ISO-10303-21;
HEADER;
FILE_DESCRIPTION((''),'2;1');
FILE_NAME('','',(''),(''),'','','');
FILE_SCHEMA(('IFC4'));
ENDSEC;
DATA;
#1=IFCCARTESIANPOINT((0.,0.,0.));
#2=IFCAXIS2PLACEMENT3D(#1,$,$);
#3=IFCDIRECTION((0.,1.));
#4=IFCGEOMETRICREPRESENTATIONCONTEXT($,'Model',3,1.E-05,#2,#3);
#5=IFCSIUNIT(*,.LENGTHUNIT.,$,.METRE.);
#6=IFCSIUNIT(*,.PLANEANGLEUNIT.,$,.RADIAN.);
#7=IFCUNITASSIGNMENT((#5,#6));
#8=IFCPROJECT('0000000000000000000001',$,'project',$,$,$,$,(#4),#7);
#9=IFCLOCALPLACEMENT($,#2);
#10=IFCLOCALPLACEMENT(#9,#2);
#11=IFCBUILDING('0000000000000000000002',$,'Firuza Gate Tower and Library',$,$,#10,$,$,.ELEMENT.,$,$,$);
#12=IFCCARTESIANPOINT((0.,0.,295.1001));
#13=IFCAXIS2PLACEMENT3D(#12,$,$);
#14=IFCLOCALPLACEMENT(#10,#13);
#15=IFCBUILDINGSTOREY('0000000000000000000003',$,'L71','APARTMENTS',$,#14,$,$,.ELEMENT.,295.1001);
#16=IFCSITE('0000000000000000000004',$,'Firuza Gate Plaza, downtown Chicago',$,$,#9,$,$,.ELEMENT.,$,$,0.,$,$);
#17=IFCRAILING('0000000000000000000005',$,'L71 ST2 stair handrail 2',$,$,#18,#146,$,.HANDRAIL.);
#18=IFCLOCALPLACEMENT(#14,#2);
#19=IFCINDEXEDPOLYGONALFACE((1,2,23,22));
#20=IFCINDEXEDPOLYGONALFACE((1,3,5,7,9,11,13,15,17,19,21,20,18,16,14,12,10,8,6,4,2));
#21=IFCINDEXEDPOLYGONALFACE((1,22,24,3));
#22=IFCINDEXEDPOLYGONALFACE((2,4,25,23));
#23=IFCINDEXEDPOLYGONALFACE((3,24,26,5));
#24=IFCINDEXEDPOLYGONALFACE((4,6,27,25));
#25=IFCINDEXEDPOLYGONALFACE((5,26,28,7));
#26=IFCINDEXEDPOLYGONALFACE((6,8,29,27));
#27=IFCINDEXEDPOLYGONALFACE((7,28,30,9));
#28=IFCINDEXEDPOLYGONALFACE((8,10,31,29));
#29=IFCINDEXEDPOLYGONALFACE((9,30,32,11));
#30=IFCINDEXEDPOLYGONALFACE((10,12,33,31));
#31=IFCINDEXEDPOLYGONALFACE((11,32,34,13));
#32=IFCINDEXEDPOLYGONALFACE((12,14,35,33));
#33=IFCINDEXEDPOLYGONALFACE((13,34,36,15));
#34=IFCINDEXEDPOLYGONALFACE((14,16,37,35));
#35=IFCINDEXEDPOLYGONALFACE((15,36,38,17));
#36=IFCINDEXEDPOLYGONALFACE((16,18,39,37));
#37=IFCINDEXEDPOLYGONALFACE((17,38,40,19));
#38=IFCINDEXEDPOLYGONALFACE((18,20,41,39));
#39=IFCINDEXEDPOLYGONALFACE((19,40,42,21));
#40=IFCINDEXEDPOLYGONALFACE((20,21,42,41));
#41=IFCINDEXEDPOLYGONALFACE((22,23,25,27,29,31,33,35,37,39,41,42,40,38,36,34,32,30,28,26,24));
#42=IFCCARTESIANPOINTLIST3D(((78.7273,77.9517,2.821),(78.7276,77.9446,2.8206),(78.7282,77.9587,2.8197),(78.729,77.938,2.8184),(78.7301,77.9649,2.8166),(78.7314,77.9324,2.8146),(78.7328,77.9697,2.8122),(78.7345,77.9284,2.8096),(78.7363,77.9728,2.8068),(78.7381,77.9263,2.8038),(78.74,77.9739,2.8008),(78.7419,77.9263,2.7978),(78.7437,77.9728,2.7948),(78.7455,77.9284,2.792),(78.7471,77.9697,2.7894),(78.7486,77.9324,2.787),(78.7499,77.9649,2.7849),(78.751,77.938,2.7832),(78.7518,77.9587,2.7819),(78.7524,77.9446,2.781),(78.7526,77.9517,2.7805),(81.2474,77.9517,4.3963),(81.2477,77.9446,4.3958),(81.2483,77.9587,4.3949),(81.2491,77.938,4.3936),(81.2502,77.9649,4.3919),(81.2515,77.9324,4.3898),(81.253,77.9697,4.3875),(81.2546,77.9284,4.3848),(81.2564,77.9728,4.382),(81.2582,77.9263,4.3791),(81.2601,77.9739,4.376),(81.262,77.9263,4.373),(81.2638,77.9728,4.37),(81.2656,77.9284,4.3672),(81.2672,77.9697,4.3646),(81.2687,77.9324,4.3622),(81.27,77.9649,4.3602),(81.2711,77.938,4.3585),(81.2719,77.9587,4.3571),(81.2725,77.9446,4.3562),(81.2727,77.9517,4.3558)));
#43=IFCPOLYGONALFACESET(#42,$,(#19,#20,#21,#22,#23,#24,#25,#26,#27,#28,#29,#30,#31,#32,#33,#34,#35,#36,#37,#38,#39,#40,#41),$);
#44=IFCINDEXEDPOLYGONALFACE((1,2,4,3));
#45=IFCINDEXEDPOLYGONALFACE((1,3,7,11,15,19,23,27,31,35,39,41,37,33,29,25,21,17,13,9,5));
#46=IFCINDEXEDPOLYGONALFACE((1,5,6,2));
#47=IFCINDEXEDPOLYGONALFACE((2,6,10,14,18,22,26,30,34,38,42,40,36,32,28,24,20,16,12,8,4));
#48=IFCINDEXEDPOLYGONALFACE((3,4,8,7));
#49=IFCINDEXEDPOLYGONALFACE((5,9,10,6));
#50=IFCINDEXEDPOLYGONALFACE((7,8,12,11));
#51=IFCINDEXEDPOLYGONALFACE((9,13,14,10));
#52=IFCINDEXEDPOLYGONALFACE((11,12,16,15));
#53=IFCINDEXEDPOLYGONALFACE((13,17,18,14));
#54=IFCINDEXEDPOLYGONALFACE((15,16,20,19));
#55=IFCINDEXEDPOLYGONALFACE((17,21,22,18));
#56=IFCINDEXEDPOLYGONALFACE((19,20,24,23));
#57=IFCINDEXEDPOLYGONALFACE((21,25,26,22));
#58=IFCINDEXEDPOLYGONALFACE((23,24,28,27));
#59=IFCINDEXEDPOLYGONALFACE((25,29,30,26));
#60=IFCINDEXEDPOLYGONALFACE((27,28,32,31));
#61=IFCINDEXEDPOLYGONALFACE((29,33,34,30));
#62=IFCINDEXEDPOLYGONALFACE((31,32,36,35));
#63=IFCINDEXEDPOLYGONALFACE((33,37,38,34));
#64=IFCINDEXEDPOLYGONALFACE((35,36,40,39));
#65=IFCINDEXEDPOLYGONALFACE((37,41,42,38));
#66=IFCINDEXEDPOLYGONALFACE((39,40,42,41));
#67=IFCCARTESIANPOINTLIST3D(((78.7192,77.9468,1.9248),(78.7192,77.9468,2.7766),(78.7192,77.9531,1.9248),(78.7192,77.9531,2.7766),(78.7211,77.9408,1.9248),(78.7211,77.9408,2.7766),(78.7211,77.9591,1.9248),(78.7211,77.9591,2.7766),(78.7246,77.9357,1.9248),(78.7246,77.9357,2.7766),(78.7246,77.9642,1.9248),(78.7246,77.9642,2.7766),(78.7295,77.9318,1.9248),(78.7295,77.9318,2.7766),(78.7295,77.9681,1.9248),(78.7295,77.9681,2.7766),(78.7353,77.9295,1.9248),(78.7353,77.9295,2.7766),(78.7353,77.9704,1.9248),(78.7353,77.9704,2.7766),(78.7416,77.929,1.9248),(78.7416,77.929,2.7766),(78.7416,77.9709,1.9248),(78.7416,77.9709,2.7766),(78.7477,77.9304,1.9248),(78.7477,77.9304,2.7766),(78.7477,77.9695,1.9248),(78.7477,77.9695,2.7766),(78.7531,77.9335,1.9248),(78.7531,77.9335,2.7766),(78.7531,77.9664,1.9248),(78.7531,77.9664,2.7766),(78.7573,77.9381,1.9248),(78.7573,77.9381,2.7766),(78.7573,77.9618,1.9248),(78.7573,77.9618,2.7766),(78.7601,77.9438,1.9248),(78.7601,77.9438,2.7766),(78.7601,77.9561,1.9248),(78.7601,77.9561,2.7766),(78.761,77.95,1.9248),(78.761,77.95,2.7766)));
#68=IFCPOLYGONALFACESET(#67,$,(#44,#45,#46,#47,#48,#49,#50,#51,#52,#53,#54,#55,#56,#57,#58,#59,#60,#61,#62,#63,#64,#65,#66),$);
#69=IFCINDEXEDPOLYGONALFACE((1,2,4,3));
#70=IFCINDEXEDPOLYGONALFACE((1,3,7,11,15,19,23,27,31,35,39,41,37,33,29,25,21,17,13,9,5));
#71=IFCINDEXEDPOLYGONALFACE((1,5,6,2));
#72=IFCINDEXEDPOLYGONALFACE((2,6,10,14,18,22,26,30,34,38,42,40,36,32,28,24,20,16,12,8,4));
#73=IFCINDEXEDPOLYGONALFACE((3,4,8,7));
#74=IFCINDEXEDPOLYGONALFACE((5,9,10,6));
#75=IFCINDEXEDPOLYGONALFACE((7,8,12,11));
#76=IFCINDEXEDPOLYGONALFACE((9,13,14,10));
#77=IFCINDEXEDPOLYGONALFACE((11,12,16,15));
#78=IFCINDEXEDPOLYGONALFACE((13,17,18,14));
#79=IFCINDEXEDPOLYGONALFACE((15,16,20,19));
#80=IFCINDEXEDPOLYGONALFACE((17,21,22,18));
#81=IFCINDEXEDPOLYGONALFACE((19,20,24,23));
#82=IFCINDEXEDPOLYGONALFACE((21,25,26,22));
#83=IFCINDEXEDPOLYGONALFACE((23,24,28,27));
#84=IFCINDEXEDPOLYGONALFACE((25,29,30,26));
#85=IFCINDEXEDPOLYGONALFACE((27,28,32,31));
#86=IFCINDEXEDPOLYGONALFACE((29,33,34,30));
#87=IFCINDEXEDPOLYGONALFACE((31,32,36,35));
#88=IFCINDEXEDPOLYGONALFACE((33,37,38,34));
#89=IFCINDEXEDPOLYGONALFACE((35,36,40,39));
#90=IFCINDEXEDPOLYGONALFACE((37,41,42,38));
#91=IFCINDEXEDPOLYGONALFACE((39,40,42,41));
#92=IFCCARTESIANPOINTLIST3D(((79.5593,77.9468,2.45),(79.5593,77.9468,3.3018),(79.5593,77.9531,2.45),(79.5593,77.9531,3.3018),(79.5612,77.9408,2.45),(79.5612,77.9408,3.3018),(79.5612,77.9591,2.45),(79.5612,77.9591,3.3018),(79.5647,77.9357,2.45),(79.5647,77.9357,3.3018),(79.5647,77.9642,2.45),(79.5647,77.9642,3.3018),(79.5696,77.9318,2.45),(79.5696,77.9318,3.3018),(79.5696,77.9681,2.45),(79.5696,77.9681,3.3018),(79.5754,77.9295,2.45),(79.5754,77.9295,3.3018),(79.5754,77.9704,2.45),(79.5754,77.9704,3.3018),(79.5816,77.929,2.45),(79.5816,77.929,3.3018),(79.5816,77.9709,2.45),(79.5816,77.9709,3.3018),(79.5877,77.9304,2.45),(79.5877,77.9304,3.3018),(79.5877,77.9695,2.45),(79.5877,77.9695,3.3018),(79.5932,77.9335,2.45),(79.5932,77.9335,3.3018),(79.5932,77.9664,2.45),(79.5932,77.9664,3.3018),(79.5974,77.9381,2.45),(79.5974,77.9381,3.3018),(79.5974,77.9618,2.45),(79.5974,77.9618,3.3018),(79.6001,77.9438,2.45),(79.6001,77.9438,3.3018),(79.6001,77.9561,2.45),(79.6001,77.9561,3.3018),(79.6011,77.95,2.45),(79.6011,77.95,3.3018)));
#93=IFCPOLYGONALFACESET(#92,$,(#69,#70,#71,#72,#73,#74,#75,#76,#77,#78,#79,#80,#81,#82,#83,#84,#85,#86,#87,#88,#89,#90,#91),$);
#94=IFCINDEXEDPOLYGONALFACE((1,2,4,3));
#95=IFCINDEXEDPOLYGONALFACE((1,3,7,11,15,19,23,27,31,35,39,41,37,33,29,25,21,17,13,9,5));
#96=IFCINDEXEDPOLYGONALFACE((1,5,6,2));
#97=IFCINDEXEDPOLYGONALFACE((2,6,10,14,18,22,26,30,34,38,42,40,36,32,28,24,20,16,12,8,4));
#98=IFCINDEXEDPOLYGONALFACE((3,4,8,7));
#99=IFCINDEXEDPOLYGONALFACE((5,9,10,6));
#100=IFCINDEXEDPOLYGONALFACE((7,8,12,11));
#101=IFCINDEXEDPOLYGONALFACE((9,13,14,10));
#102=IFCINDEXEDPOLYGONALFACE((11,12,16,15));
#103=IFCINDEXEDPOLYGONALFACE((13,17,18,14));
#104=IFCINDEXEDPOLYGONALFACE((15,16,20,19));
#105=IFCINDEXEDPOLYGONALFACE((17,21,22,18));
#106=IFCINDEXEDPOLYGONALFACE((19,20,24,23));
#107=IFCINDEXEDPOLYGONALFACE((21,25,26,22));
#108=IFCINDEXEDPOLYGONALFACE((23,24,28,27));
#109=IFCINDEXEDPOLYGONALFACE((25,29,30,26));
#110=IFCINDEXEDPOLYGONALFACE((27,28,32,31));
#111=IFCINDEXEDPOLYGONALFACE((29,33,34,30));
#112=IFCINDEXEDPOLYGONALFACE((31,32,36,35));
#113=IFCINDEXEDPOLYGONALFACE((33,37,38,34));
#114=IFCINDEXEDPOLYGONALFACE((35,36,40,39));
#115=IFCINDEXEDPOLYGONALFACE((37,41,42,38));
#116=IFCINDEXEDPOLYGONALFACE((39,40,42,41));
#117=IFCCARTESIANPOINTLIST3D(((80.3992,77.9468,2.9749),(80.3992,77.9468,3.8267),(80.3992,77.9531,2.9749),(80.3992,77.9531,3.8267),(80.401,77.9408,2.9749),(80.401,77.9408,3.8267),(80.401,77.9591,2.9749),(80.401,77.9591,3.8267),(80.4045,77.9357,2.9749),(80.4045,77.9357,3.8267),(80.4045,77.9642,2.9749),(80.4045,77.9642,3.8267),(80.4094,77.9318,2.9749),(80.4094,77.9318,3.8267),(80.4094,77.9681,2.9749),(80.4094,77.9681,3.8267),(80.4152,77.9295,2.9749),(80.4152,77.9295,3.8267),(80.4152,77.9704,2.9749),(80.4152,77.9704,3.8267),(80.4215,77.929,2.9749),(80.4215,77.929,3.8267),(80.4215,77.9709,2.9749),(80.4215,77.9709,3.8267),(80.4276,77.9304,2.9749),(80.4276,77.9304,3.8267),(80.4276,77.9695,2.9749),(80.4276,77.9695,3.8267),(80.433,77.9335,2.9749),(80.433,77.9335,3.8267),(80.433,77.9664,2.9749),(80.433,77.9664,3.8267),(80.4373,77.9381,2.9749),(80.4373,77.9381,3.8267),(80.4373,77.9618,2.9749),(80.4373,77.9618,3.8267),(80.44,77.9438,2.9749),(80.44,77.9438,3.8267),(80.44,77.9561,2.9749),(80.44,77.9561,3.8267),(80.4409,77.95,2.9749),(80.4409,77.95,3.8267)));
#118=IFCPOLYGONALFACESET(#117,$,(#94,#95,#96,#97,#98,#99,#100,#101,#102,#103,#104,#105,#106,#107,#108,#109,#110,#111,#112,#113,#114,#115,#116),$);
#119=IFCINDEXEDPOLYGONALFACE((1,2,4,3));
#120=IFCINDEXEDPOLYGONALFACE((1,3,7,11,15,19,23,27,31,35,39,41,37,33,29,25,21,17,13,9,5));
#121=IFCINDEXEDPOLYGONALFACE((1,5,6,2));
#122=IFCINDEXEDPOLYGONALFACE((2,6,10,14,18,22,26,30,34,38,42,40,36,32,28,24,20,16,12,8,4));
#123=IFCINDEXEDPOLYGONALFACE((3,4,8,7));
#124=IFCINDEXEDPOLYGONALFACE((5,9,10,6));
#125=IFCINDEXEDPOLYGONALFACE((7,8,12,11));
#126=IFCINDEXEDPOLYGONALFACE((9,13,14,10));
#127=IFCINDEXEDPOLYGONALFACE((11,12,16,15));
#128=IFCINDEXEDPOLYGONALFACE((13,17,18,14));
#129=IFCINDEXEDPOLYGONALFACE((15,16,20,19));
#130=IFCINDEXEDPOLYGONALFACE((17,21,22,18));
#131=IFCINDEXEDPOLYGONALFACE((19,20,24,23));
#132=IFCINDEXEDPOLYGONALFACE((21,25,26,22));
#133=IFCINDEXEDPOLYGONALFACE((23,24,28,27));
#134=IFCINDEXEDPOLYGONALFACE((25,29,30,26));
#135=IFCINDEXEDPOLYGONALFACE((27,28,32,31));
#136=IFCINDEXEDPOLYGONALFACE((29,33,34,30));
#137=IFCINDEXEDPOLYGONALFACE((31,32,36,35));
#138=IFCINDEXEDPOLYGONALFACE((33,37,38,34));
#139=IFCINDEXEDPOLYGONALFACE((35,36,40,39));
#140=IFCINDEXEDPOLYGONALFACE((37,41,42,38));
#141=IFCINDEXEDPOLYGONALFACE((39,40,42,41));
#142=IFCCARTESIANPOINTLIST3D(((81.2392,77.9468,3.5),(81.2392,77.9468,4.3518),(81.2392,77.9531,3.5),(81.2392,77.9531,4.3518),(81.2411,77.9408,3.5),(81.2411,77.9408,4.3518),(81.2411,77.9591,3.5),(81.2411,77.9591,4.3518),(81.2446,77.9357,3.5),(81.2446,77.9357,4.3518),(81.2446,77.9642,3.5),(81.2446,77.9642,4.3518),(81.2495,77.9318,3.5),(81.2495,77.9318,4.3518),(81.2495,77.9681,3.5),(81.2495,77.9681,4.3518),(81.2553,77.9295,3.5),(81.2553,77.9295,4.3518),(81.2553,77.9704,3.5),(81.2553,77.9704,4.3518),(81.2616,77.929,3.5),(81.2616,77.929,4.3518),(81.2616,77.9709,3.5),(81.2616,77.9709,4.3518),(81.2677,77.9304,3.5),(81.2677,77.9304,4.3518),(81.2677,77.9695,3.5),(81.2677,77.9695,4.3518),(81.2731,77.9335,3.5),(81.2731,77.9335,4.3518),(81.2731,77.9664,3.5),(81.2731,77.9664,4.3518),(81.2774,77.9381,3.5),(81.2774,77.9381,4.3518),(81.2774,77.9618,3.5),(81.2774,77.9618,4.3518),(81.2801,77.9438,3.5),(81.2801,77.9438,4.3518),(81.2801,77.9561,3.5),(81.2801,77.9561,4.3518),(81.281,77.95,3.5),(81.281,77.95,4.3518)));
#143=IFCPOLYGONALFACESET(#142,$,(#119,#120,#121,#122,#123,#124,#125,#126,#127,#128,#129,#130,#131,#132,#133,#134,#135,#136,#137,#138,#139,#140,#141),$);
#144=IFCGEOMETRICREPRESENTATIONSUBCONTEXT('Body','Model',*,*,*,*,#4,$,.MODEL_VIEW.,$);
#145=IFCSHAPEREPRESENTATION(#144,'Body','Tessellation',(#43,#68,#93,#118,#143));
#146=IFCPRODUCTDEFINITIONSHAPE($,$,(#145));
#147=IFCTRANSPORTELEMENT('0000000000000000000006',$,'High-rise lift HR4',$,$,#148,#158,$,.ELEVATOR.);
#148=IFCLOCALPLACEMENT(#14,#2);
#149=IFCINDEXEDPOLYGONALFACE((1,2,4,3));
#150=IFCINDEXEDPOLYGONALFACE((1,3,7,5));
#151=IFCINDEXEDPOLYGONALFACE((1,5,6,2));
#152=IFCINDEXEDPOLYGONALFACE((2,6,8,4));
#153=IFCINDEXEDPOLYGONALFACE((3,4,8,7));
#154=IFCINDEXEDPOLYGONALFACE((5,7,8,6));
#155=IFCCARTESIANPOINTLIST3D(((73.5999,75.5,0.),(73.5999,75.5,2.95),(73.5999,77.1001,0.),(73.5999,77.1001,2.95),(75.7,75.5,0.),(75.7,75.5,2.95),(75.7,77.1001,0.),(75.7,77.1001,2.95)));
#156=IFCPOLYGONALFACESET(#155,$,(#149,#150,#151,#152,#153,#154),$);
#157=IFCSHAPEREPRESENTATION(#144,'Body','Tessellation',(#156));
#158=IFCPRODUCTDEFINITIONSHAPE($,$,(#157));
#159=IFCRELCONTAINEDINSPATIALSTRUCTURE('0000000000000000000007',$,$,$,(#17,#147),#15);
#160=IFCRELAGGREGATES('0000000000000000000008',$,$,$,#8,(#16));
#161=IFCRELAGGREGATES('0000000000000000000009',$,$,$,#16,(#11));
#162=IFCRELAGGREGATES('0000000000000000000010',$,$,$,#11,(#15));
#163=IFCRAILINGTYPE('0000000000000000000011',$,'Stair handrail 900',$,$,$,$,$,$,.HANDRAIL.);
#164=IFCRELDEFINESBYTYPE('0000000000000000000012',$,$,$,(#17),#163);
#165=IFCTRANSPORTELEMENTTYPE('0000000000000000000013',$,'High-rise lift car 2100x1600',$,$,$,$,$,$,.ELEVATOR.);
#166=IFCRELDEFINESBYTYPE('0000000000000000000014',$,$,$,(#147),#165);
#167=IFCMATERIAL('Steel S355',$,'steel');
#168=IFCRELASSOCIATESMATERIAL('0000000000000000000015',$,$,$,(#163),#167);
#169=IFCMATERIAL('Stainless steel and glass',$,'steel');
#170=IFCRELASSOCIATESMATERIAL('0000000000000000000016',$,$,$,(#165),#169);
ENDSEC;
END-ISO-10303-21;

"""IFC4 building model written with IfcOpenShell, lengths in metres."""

from ifc_helpers import new_model, si_unit, direction, frame, origin, origin_2d, place, context, subcontext, project, spatial, rectangle, circle, extrude, material, type_object, element, save


model = new_model("IFC4")

# Units and contexts
model_context = context("Model", 3, precision=1e-05, world=origin(), true_north=direction((0.0, 1.0)))
body_context = subcontext(model_context, "Body", "Model", "MODEL_VIEW")
ifc_project = project(units=[si_unit("LENGTHUNIT", "METRE"), si_unit("PLANEANGLEUNIT", "RADIAN")], contexts=[model_context])

# Site, building, storey
site_placement = place(None, origin())
site = spatial("IfcSite", under=ifc_project, at=site_placement, Name="Firuza Gate Plaza, downtown Chicago", CompositionType="ELEMENT", RefElevation=0.0)
building_placement = place(site_placement, origin())
building = spatial("IfcBuilding", under=site, at=building_placement, Name="Firuza Gate Tower and Library", CompositionType="ELEMENT")
storey_placement = place(building_placement, frame((0.0, 0.0, 295.1001)))
storey = spatial("IfcBuildingStorey", under=building, at=storey_placement, Name="L71", Description="APARTMENTS", CompositionType="ELEMENT", Elevation=295.1001)

# Railing
ifc_material_1 = material(Name="Steel S355", Category="steel")
railing_type_1 = type_object("IfcRailingType", Name="Stair handrail 900", PredefinedType="HANDRAIL", material=ifc_material_1)
railing_1_placement = place(storey_placement, frame((78.74, 77.95, 1.9248)))
element("IfcRailing", 1, at=railing_1_placement, inside=storey, type_object=railing_type_1, Name="L71 ST2 stair handrail 2", PredefinedType="HANDRAIL", context=body_context, shape_type="SweptSolid", body=[
    extrude(circle(Radius=0.0239, at=origin_2d()), frame((0.0, 0.0, 0.876), z_axis=(0.847971, 0.0, 0.530043), x_axis=(0.0, 1.0, 0.0)), (0.0, 0.0, 1.0), 2.9719),
    extrude(circle(Radius=0.021, at=origin_2d()), origin(), (0.0, 0.0, 1.0), 0.8518),
    extrude(circle(Radius=0.021, at=origin_2d()), frame((0.8401, 0.0, 0.5251)), (0.0, 0.0, 1.0), 0.8518),
    extrude(circle(Radius=0.021, at=origin_2d()), frame((1.6799, 0.0, 1.05)), (0.0, 0.0, 1.0), 0.8518),
    extrude(circle(Radius=0.021, at=origin_2d()), frame((2.52, 0.0, 1.5752)), (0.0, 0.0, 1.0), 0.8518),
])

# Transport element
ifc_material_2 = material(Name="Stainless steel and glass", Category="steel")
transport_element_type = type_object("IfcTransportElementType", Name="High-rise lift car 2100x1600", PredefinedType="ELEVATOR", material=ifc_material_2)
transport_element_placement = place(storey_placement, frame((74.6499, 76.3, 0.0), z_axis=(0.0, 0.0, 1.0), x_axis=(1.0, 0.0, 0.0)))
element("IfcTransportElement", 2, at=transport_element_placement, inside=storey, type_object=transport_element_type, Name="High-rise lift HR4", PredefinedType="ELEVATOR", context=body_context, shape_type="SweptSolid", body=[
    extrude(rectangle(XDim=2.1001, YDim=1.6001, at=origin_2d()), origin(), (0.0, 0.0, 1.0), 2.95),
])

save(model, "model.ifc")
